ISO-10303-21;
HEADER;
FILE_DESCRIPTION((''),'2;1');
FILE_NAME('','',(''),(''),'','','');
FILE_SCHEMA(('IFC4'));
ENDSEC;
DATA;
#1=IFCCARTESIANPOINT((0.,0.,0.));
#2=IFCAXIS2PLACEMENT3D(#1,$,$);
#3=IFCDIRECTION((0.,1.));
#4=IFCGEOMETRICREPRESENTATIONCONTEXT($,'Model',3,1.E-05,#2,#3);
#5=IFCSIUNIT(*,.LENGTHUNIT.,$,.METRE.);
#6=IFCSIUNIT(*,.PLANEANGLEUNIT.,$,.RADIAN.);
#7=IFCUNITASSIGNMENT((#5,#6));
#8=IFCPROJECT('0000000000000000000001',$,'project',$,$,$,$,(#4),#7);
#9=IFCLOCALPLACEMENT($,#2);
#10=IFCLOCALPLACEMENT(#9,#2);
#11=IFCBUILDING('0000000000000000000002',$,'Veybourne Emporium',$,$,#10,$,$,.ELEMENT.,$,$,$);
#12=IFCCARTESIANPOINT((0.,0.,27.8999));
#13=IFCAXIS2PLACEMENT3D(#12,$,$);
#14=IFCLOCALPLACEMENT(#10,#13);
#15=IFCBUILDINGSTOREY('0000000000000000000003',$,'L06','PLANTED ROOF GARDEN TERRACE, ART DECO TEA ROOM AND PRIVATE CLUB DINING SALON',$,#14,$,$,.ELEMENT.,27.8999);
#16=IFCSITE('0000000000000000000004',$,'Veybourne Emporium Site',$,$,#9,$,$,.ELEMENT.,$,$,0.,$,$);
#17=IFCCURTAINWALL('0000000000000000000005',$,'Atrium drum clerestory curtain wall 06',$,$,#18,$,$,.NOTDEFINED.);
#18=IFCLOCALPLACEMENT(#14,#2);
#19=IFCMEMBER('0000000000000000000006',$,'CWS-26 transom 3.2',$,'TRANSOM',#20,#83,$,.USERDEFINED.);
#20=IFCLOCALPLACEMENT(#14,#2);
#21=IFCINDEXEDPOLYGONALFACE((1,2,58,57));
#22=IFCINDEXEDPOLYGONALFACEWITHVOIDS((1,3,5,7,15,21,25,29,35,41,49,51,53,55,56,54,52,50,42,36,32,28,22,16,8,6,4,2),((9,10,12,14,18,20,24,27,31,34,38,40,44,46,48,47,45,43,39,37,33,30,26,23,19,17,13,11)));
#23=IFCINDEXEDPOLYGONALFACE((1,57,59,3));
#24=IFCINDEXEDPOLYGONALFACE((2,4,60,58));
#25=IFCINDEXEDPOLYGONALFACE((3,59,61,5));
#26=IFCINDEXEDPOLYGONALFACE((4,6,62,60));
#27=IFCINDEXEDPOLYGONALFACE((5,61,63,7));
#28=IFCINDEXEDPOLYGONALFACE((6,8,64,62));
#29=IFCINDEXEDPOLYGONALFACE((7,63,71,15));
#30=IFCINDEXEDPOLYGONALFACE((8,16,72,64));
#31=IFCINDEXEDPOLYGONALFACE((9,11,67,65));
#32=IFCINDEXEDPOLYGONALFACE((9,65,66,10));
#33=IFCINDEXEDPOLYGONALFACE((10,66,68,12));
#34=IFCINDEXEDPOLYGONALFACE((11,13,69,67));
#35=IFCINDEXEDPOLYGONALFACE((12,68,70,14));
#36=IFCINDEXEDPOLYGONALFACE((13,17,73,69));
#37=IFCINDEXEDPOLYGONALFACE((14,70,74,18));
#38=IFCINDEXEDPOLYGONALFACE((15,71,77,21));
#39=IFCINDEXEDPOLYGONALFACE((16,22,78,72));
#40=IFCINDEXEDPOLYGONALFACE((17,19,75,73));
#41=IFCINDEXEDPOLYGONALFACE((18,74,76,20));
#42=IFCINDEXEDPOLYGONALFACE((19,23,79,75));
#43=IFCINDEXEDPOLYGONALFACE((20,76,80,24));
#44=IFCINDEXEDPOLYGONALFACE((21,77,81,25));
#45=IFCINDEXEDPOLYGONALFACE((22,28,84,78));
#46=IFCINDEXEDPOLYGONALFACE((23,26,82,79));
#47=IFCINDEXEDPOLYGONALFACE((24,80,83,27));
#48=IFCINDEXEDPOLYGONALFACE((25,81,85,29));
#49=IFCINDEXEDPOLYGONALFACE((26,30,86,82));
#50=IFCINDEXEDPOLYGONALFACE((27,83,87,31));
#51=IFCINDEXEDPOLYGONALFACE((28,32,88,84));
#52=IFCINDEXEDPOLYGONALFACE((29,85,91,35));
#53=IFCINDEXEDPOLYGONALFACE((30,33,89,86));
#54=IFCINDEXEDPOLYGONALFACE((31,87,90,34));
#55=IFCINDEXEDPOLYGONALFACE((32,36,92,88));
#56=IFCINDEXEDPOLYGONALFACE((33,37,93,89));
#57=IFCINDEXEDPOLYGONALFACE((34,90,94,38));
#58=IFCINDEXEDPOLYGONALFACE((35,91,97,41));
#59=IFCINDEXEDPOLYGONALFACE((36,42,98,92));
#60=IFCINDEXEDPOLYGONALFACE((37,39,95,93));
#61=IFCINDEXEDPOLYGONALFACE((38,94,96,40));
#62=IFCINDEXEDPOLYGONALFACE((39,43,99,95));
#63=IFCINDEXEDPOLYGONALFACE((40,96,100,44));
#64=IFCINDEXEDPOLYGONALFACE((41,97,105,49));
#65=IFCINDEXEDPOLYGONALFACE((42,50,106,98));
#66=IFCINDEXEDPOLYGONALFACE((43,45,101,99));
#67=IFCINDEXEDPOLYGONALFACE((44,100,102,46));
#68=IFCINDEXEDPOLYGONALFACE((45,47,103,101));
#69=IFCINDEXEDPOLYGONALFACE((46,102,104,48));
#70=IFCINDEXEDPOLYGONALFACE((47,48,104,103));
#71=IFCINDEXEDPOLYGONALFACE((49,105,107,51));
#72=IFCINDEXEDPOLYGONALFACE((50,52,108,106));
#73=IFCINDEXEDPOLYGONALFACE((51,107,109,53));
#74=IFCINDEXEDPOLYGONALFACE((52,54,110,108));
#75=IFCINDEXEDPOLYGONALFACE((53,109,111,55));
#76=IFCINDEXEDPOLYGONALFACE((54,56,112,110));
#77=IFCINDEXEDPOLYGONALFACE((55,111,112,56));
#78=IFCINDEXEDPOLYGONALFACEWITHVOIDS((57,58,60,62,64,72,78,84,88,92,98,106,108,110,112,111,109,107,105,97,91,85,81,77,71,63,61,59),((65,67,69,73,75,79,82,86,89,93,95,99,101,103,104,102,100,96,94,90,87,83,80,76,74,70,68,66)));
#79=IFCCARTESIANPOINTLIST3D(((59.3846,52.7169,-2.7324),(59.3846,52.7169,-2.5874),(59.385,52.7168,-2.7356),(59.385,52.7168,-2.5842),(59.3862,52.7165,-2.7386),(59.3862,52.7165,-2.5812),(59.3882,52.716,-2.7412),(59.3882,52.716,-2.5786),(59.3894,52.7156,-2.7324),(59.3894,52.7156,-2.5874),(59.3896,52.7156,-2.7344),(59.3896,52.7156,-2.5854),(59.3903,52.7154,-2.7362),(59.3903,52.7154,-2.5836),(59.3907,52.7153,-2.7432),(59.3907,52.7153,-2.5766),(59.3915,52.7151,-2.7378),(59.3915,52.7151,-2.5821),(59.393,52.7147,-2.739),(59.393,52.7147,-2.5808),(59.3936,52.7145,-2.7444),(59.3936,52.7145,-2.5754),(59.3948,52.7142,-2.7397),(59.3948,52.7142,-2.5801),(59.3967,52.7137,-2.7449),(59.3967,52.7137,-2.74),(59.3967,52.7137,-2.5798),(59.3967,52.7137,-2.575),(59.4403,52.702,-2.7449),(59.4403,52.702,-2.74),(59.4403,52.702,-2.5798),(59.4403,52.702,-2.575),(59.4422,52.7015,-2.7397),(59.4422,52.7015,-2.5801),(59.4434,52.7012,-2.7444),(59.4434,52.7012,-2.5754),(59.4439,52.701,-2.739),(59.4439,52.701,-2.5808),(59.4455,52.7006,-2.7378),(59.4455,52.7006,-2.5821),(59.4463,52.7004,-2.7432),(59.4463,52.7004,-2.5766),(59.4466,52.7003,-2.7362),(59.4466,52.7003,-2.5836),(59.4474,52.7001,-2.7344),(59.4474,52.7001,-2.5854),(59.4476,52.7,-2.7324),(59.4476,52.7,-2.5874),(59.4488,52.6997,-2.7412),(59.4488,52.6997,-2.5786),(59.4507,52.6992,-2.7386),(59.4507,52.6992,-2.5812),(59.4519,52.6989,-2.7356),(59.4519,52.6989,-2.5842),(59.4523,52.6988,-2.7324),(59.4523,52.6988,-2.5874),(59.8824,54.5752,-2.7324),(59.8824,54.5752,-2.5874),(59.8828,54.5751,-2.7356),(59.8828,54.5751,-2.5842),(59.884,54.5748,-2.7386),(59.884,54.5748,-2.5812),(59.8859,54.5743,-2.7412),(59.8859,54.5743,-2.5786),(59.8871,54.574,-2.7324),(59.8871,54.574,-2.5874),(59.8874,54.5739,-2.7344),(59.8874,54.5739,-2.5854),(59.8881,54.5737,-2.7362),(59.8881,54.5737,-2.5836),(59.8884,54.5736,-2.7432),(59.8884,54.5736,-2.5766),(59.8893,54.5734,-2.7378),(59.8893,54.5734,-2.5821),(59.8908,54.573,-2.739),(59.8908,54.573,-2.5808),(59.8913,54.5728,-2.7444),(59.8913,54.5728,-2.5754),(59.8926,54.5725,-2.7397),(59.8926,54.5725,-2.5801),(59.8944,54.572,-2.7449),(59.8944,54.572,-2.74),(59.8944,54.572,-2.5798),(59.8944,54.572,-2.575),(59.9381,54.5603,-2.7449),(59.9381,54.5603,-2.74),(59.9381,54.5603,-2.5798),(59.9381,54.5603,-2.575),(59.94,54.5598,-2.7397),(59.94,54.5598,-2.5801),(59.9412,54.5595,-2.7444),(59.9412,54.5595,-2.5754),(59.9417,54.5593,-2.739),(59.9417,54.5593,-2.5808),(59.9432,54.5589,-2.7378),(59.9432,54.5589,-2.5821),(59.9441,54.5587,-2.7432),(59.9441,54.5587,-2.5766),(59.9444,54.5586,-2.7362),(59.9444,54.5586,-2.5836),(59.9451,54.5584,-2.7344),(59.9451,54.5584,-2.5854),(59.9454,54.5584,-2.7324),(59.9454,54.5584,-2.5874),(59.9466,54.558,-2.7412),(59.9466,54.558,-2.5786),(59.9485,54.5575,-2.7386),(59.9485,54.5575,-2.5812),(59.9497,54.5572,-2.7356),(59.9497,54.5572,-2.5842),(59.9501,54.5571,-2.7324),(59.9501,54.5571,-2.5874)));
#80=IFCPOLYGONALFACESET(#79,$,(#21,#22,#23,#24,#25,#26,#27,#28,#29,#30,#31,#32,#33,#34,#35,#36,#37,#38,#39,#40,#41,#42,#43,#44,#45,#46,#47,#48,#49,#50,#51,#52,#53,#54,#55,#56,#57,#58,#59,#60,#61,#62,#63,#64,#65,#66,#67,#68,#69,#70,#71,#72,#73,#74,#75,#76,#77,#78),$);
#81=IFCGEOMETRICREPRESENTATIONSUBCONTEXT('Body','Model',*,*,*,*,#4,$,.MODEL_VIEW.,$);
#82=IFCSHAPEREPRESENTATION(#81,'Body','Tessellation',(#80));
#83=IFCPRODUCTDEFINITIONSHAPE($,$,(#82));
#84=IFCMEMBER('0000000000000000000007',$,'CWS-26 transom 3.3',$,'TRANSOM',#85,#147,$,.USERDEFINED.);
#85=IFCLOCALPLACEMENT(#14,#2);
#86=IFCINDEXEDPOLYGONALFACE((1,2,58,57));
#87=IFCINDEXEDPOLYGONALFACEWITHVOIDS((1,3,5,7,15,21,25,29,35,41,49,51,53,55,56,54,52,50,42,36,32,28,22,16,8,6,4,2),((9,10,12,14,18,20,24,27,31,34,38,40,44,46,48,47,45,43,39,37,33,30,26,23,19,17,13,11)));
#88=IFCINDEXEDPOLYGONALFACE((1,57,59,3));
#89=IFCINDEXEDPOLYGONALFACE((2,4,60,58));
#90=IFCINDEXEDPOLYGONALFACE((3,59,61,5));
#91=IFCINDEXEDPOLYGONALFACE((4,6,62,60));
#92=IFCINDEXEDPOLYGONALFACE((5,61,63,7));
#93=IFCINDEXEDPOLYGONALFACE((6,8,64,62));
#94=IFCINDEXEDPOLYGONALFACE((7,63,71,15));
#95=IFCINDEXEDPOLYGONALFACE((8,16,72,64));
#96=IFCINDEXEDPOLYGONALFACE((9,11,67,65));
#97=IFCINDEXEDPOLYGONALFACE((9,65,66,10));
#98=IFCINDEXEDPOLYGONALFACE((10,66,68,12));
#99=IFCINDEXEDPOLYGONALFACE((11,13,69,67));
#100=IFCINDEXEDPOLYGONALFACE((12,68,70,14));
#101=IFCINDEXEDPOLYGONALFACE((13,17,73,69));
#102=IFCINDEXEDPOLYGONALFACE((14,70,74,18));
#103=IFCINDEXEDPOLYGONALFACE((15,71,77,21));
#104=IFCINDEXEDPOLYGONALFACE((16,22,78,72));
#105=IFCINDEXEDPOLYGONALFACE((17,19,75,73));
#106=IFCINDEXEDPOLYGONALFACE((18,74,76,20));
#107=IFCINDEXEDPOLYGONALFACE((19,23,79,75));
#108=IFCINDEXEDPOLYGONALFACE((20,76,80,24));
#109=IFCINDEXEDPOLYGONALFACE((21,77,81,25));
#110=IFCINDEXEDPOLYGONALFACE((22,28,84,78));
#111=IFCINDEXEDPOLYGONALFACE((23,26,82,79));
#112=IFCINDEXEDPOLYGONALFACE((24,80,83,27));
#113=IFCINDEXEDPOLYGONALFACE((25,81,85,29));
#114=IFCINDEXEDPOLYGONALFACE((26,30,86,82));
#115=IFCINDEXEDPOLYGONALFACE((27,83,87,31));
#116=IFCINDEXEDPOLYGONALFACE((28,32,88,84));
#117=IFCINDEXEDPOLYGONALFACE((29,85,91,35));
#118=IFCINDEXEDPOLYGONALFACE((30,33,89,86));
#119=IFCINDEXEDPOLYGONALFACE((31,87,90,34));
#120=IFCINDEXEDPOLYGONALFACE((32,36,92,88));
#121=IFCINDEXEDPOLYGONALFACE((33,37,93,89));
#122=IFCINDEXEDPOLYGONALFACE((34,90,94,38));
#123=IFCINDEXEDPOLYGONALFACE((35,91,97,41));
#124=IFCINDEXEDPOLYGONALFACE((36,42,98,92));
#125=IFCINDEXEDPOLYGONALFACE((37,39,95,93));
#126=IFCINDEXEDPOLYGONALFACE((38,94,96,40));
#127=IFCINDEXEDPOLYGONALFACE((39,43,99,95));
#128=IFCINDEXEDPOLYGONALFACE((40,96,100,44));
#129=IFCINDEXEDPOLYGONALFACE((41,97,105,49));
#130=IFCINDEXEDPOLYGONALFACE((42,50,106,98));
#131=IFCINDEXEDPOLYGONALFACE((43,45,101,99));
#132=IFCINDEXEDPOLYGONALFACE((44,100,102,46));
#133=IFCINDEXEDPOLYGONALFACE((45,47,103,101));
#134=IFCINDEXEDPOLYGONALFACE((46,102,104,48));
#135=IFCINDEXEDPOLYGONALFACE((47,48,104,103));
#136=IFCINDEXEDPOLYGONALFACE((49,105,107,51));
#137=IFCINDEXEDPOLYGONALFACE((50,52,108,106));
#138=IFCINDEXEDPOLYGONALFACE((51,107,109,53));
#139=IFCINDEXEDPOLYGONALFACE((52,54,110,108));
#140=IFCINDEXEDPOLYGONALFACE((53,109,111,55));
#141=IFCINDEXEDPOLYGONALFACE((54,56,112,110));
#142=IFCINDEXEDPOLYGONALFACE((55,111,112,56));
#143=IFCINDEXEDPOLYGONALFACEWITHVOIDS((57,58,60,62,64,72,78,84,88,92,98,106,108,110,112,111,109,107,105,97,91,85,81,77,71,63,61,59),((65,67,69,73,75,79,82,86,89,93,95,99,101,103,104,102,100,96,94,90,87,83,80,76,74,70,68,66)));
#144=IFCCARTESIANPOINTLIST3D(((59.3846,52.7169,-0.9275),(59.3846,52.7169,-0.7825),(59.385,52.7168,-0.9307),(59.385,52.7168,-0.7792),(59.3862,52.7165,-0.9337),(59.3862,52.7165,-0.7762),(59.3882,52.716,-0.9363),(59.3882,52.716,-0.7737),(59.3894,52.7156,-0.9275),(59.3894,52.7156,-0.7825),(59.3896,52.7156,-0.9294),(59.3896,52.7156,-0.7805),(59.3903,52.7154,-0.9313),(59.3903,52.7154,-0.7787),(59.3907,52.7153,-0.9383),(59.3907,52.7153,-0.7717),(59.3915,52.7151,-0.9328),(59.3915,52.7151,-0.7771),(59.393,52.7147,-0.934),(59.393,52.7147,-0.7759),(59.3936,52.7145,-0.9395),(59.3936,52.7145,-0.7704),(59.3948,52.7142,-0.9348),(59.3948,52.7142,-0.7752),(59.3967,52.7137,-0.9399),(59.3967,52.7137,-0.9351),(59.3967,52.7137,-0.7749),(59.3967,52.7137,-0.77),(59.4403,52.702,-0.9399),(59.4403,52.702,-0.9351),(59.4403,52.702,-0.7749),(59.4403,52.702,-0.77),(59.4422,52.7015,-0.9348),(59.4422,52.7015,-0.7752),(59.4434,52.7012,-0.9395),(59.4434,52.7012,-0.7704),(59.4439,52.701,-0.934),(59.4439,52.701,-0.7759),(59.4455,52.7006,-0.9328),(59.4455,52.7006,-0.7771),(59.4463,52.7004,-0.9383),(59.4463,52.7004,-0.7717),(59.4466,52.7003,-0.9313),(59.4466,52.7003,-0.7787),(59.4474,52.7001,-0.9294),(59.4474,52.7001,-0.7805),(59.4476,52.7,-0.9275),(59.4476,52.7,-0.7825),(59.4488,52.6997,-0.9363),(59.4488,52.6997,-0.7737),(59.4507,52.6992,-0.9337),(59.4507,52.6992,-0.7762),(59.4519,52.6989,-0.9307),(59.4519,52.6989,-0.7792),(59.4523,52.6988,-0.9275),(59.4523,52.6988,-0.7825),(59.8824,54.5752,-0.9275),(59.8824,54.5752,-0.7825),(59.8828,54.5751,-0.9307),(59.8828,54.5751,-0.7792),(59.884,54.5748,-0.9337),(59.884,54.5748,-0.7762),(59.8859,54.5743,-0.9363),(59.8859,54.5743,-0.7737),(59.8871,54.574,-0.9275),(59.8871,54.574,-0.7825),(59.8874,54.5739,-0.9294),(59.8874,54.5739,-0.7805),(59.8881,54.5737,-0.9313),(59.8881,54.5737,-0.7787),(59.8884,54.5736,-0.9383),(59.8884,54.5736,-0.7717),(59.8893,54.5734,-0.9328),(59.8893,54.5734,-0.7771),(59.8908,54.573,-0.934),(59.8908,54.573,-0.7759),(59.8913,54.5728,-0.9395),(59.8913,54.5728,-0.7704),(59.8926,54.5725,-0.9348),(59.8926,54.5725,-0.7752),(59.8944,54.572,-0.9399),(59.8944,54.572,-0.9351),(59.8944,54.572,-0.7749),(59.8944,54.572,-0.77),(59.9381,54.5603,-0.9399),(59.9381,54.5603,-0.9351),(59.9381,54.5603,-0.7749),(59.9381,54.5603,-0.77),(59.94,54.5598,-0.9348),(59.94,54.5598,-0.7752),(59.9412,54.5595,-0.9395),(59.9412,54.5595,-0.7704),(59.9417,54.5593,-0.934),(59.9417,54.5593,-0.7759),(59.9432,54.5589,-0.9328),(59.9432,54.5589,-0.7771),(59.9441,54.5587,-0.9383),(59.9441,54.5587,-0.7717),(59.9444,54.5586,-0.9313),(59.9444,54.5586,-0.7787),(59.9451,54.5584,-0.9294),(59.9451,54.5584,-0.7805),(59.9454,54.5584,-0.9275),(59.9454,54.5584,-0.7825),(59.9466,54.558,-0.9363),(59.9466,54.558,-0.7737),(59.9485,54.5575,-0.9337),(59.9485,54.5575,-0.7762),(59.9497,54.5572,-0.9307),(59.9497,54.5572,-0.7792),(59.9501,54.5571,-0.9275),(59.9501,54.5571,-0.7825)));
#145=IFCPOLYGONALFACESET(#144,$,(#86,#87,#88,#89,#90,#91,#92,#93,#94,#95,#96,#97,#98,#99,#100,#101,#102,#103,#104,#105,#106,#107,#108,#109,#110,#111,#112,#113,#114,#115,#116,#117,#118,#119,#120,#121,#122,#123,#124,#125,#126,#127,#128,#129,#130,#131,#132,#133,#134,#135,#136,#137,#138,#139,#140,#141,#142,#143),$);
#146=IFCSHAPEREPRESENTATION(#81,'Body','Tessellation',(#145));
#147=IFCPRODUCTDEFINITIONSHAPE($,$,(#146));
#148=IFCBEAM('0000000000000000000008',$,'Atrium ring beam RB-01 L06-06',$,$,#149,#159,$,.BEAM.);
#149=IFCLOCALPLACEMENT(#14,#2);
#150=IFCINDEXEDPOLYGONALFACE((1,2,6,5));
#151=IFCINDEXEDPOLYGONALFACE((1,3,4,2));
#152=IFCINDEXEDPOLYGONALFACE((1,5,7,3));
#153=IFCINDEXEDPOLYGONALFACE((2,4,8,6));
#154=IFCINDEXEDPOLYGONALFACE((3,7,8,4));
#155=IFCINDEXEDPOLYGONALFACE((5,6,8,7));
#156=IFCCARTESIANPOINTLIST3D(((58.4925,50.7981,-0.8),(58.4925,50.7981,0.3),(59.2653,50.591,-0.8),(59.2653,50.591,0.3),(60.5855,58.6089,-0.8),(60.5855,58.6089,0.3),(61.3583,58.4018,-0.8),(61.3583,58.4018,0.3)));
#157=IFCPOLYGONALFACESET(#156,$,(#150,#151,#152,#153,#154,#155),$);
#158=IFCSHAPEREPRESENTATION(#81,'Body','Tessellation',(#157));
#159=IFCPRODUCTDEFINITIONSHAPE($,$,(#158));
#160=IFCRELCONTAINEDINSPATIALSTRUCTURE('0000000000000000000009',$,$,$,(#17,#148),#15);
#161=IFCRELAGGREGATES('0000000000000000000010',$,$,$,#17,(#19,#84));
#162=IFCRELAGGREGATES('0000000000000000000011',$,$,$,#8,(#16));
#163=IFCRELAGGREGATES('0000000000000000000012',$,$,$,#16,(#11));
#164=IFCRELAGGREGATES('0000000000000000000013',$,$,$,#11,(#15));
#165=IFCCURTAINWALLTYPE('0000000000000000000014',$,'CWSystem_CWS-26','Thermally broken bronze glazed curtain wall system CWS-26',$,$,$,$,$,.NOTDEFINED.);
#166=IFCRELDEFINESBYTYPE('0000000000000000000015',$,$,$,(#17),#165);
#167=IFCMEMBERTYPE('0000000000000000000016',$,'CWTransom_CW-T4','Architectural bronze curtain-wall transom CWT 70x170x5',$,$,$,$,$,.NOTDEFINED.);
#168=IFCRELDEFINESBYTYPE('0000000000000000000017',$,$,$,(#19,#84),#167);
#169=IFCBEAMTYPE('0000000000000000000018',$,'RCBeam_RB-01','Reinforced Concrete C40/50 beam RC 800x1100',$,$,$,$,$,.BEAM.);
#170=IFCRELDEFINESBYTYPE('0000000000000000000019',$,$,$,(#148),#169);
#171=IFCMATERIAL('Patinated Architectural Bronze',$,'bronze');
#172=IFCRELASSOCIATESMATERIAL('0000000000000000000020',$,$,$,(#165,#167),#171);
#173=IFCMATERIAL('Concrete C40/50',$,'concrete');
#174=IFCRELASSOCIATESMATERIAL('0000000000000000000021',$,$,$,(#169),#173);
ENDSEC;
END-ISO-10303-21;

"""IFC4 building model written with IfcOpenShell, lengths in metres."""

from ifc_helpers import new_model, si_unit, direction, frame, origin, origin_2d, place, context, subcontext, project, spatial, rectangle, hollow_rectangle, extrude, material, material_profile, profile_set, type_object, element, aggregate, save


model = new_model("IFC4")

# Units and contexts
model_context = context("Model", 3, precision=1e-05, world=origin(), true_north=direction((0.0, 1.0)))
body_context = subcontext(model_context, "Body", "Model", "MODEL_VIEW")
ifc_project = project(units=[si_unit("LENGTHUNIT", "METRE"), si_unit("PLANEANGLEUNIT", "RADIAN")], contexts=[model_context])

# Site, building, storey
site_placement = place(None, origin())
site = spatial("IfcSite", under=ifc_project, at=site_placement, Name="Veybourne Emporium Site", CompositionType="ELEMENT", RefElevation=0.0)
building_placement = place(site_placement, origin())
building = spatial("IfcBuilding", under=site, at=building_placement, Name="Veybourne Emporium", CompositionType="ELEMENT")
storey_placement = place(building_placement, frame((0.0, 0.0, 27.8999)))
storey = spatial("IfcBuildingStorey", under=building, at=storey_placement, Name="L06", Description="PLANTED ROOF GARDEN TERRACE, ART DECO TEA ROOM AND PRIVATE CLUB DINING SALON", CompositionType="ELEMENT", Elevation=27.8999)

# Shared definitions
ifc_material_1 = material(Name="Concrete C40/50", Category="concrete")

# Curtain wall
ifc_material_2 = material(Name="Patinated Architectural Bronze", Category="bronze")
curtain_wall_type_1 = type_object("IfcCurtainWallType", Name="CWSystem_CWS-26", Description="Thermally broken bronze glazed curtain wall system CWS-26", PredefinedType="NOTDEFINED", material=ifc_material_2)
curtain_wall_1_placement = place(storey_placement, origin())
curtain_wall_1 = element("IfcCurtainWall", 1, at=curtain_wall_1_placement, inside=storey, type_object=curtain_wall_type_1, Name="Atrium drum clerestory curtain wall 06", PredefinedType="NOTDEFINED")

# Members
ifc_material_profile_1 = material_profile(ifc_material_2, hollow_rectangle(XDim=0.0701, YDim=0.1699, WallThickness=0.0049, InnerFilletRadius=0.0076, OuterFilletRadius=0.0125, at=origin_2d()), Name="CWT 70x170x5")
ifc_profile_set_1 = profile_set([ifc_material_profile_1], Name="Patinated Architectural Bronze")
member_type_1 = type_object("IfcMemberType", Name="CWTransom_CW-T4", Description="Architectural bronze curtain-wall transom CWT 70x170x5", PredefinedType="NOTDEFINED", material=ifc_profile_set_1)
member_1_placement = place(storey_placement, frame((59.9163, 54.5662, -2.6599), z_axis=(-0.258745, -0.965946, 0.0), x_axis=(0.965946, -0.258745, 0.0)))
member_1 = element("IfcMember", 2, at=member_1_placement, type_object=member_type_1, Name="CWS-26 transom 3.2", ObjectType="TRANSOM", PredefinedType="USERDEFINED", context=body_context, shape_type="SweptSolid", body=[
    extrude(hollow_rectangle(XDim=0.0701, YDim=0.1699, WallThickness=0.0049, InnerFilletRadius=0.0076, OuterFilletRadius=0.0125, at=origin_2d()), origin(), (0.0, 0.0, 1.0), 1.9238),
])
member_2_placement = place(storey_placement, frame((59.9163, 54.5662, -0.855), z_axis=(-0.258745, -0.965946, 0.0), x_axis=(0.965946, -0.258745, 0.0)))
member_2 = element("IfcMember", 3, at=member_2_placement, type_object=member_type_1, Name="CWS-26 transom 3.3", ObjectType="TRANSOM", PredefinedType="USERDEFINED", context=body_context, shape_type="SweptSolid", body=[
    extrude(hollow_rectangle(XDim=0.0701, YDim=0.1699, WallThickness=0.0049, InnerFilletRadius=0.0076, OuterFilletRadius=0.0125, at=origin_2d()), origin(), (0.0, 0.0, 1.0), 1.9238),
])

# Beam
ifc_material_profile_2 = material_profile(ifc_material_1, rectangle(XDim=0.8, YDim=1.1001, at=origin_2d()), Name="RC 800x1100")
ifc_profile_set_2 = profile_set([ifc_material_profile_2], Name="Concrete C40/50")
beam_type = type_object("IfcBeamType", Name="RCBeam_RB-01", Description="Reinforced Concrete C40/50 beam RC 800x1100", PredefinedType="BEAM", material=ifc_profile_set_2)
beam_placement = place(storey_placement, frame((60.9719, 58.5054, -0.25), z_axis=(-0.258833, -0.965922, 0.0), x_axis=(0.965922, -0.258833, 0.0)))
element("IfcBeam", 4, at=beam_placement, inside=storey, type_object=beam_type, Name="Atrium ring beam RB-01 L06-06", PredefinedType="BEAM", context=body_context, shape_type="SweptSolid", body=[
    extrude(rectangle(XDim=0.8, YDim=1.1001, at=origin_2d()), origin(), (0.0, 0.0, 1.0), 8.0864),
])

aggregate(curtain_wall_1, [member_1, member_2])

save(model, "model.ifc")
